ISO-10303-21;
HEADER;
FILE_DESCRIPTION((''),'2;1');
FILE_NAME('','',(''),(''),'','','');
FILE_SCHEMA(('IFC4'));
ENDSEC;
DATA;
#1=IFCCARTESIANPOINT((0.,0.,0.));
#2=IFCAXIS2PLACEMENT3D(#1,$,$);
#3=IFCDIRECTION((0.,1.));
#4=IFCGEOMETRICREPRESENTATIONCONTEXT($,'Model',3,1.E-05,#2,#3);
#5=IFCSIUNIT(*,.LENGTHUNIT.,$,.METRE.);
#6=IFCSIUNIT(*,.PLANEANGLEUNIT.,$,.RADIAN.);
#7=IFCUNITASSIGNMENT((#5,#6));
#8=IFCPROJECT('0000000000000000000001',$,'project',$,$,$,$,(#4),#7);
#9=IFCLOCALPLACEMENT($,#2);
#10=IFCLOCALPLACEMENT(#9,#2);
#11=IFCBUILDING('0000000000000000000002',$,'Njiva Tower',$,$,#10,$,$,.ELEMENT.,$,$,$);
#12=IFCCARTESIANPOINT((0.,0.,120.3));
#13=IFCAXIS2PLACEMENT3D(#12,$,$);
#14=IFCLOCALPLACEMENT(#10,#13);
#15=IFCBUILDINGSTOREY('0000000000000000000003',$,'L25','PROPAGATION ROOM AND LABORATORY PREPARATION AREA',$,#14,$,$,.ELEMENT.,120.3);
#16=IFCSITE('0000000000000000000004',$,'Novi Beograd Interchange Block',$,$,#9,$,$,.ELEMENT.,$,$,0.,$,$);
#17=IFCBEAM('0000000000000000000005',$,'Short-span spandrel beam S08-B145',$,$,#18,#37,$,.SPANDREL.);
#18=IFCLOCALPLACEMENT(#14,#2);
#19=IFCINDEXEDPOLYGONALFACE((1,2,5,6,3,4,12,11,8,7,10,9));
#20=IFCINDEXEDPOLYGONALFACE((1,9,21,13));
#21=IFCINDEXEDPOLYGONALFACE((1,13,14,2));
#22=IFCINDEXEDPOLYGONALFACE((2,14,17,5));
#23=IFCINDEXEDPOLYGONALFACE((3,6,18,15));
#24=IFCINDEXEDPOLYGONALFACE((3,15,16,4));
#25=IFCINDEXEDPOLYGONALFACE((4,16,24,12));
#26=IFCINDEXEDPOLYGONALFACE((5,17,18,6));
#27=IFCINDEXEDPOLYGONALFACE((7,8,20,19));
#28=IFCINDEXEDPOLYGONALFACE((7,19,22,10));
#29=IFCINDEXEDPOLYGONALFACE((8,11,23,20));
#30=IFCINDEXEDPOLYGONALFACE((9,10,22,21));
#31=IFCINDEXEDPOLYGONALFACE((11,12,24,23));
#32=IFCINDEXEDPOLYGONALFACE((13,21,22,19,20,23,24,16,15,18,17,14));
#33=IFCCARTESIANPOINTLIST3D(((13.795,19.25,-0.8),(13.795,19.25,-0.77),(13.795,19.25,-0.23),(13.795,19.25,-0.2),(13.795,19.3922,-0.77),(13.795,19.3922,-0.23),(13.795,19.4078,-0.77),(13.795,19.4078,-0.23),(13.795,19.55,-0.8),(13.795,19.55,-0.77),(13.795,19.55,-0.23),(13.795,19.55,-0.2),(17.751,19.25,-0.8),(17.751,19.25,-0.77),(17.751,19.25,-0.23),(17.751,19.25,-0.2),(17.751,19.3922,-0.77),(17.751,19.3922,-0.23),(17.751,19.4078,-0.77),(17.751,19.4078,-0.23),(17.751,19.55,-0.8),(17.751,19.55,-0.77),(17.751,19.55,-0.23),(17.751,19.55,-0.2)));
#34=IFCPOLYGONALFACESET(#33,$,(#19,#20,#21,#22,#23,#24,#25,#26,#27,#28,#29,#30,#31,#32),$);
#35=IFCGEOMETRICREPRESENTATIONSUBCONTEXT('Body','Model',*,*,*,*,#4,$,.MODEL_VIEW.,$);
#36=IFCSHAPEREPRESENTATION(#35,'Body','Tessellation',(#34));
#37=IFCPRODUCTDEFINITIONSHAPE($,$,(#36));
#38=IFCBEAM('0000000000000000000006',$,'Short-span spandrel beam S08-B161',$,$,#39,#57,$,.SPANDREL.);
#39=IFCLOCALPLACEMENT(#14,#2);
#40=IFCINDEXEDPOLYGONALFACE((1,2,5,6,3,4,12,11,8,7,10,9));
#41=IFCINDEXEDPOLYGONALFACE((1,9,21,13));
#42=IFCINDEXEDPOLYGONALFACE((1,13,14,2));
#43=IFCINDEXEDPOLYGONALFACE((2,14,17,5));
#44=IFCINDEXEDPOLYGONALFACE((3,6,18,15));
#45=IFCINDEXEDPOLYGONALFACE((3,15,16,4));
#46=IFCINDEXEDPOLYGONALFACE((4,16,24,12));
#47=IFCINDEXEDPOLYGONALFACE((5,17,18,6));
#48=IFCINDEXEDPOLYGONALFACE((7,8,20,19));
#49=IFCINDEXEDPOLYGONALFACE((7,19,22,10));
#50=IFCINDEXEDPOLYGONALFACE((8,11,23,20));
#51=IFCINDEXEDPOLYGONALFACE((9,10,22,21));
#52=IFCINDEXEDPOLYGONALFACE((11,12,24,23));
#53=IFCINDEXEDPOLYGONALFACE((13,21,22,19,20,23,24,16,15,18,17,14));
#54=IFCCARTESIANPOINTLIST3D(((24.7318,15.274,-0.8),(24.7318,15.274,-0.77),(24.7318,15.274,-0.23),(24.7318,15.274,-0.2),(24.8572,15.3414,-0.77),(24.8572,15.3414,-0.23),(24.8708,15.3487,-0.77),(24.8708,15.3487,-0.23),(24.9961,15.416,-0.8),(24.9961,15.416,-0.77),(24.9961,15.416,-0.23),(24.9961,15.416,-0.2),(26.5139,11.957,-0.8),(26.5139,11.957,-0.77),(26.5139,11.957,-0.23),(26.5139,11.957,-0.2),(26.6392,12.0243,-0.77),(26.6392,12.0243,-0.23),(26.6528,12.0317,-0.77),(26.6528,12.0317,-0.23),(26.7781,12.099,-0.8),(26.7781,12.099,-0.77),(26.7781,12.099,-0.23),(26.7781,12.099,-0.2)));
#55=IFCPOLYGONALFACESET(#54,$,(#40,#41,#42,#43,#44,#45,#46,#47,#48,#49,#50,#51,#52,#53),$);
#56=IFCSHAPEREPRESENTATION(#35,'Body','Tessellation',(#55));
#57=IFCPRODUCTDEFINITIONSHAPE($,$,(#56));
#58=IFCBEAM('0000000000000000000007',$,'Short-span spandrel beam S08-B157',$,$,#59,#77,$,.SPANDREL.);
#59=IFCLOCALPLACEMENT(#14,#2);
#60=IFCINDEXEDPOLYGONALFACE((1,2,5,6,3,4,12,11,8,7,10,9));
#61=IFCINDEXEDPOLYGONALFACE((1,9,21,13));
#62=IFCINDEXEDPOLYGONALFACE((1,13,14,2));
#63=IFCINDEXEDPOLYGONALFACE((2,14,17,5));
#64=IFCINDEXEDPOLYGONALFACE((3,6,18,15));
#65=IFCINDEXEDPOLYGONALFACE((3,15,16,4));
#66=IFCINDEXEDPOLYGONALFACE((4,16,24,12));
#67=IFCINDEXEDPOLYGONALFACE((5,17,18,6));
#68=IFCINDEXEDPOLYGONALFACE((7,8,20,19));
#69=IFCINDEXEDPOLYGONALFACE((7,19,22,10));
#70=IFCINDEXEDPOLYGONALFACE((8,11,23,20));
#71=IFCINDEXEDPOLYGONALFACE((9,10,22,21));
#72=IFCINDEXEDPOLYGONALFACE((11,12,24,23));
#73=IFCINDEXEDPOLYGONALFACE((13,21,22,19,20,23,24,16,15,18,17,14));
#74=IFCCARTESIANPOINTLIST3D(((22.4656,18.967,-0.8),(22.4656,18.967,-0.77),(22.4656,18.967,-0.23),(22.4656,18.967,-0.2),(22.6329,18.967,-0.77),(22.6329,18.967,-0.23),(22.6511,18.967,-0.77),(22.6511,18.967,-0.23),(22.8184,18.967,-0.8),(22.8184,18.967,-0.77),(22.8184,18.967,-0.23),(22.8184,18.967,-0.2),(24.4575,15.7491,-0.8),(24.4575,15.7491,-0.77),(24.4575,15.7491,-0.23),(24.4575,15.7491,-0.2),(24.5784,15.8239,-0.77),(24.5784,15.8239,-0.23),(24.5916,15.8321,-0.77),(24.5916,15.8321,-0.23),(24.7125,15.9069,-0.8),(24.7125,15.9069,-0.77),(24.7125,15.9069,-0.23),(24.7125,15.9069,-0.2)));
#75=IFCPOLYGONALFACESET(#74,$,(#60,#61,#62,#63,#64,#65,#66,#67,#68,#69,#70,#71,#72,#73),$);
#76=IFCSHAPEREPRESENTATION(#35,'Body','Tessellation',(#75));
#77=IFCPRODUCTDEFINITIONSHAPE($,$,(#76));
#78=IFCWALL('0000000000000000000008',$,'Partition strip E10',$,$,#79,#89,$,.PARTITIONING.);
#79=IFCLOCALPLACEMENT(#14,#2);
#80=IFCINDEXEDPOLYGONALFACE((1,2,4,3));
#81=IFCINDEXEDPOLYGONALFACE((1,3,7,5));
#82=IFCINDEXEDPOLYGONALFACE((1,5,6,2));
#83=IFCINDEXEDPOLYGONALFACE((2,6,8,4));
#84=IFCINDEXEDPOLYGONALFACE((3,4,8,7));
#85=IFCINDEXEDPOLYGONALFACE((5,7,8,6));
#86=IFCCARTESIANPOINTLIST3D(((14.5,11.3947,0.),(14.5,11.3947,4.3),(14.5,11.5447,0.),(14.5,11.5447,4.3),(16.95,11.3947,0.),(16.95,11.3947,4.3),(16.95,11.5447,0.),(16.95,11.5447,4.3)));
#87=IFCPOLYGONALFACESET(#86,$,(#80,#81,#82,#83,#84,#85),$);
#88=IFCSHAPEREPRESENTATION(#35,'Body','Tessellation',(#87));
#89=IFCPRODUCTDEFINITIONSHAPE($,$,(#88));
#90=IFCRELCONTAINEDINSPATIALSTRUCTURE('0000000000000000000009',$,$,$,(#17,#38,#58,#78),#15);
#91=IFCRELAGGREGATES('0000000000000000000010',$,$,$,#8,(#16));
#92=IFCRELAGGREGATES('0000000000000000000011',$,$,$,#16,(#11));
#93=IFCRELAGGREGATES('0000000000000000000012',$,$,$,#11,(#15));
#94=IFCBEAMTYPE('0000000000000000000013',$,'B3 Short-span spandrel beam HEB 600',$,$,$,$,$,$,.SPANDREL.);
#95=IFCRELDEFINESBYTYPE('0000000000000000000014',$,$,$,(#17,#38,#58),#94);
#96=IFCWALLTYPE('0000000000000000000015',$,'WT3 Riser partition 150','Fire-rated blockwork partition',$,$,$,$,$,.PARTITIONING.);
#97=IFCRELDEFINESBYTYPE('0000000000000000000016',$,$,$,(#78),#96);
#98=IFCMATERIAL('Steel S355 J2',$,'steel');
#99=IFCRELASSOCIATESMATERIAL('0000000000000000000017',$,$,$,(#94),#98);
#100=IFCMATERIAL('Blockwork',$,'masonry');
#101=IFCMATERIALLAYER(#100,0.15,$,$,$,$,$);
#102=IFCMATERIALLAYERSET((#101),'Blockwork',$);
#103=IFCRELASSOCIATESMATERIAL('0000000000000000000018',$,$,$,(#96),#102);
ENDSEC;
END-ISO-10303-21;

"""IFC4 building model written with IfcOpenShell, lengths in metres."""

from ifc_helpers import new_model, si_unit, direction, frame, frame_2d, origin, origin_2d, place, context, subcontext, project, spatial, rectangle, i_section, extrude, clip, halfspace, material, layer, layer_set, material_profile, profile_set, type_object, element, save


model = new_model("IFC4")

# Units and contexts
model_context = context("Model", 3, precision=1e-05, world=origin(), true_north=direction((0.0, 1.0)))
body_context = subcontext(model_context, "Body", "Model", "MODEL_VIEW")
ifc_project = project(units=[si_unit("LENGTHUNIT", "METRE"), si_unit("PLANEANGLEUNIT", "RADIAN")], contexts=[model_context])

# Site, building, storey
site_placement = place(None, origin())
site = spatial("IfcSite", under=ifc_project, at=site_placement, Name="Novi Beograd Interchange Block", CompositionType="ELEMENT", RefElevation=0.0)
building_placement = place(site_placement, origin())
building = spatial("IfcBuilding", under=site, at=building_placement, Name="Njiva Tower", CompositionType="ELEMENT")
storey_placement = place(building_placement, frame((0.0, 0.0, 120.3)))
storey = spatial("IfcBuildingStorey", under=building, at=storey_placement, Name="L25", Description="PROPAGATION ROOM AND LABORATORY PREPARATION AREA", CompositionType="ELEMENT", Elevation=120.3)

# Shared definitions
ifc_material_1 = material(Name="Steel S355 J2", Category="steel")

# Beams
ifc_material_profile_1 = material_profile(ifc_material_1, i_section(OverallWidth=0.3, OverallDepth=0.6, WebThickness=0.0155, FlangeThickness=0.03, at=origin_2d()), Name="HEB 600")
ifc_profile_set_1 = profile_set([ifc_material_profile_1], Name="Steel S355 J2")
beam_type_1 = type_object("IfcBeamType", Name="B3 Short-span spandrel beam HEB 600", PredefinedType="SPANDREL", material=ifc_profile_set_1)
beam_1_placement = place(storey_placement, frame((17.751, 19.4, -0.5), z_axis=(-1.0, 0.0, 0.0), x_axis=(0.0, -1.0, 0.0)))
element("IfcBeam", 1, at=beam_1_placement, inside=storey, type_object=beam_type_1, Name="Short-span spandrel beam S08-B145", PredefinedType="SPANDREL", context=body_context, shape_type="SweptSolid", body=[
    extrude(i_section(OverallWidth=0.3, OverallDepth=0.6, WebThickness=0.0155, FlangeThickness=0.03, at=origin_2d()), origin(), (0.0, 0.0, 1.0), 3.956),
])
beam_2_placement = place(storey_placement, frame((26.646, 12.028, -0.5), z_axis=(-0.47326, 0.880923, 0.0), x_axis=(-0.880923, -0.47326, 0.0)))
element("IfcBeam", 2, at=beam_2_placement, inside=storey, type_object=beam_type_1, Name="Short-span spandrel beam S08-B161", PredefinedType="SPANDREL", context=body_context, shape_type="SweptSolid", body=[
    extrude(i_section(OverallWidth=0.3, OverallDepth=0.6, WebThickness=0.0155, FlangeThickness=0.03, at=origin_2d()), origin(), (0.0, 0.0, 1.0), 3.7654),
])
beam_3_placement = place(storey_placement, frame((24.585, 15.828, -0.5), z_axis=(-0.526317, 0.850288, 0.0), x_axis=(-0.850288, -0.526317, 0.0)))
element("IfcBeam", 3, at=beam_3_placement, inside=storey, type_object=beam_type_1, Name="Short-span spandrel beam S08-B157", PredefinedType="SPANDREL", context=body_context, shape_type="Clipping", body=[
    clip(extrude(i_section(OverallWidth=0.3, OverallDepth=0.6, WebThickness=0.0155, FlangeThickness=0.03, at=origin_2d()), origin(), (0.0, 0.0, 1.0), 3.8047), halfspace(frame((-0.0263, 0.0, 3.6754), z_axis=(-0.526317, 0.0, 0.850288), x_axis=(0.0, 1.0, 0.0)), False)),
])

# Wall
ifc_material_2 = material(Name="Blockwork", Category="masonry")
ifc_layer_1 = layer(ifc_material_2, 0.15)
ifc_layer_set_1 = layer_set([ifc_layer_1], Name="Blockwork")
wall_type_1 = type_object("IfcWallType", Name="WT3 Riser partition 150", Description="Fire-rated blockwork partition", PredefinedType="PARTITIONING", material=ifc_layer_set_1)
wall_1_placement = place(storey_placement, frame((14.5, 11.4697, 0.0), z_axis=(0.0, 0.0, 1.0), x_axis=(1.0, 0.0, 0.0)))
element("IfcWall", 4, at=wall_1_placement, inside=storey, type_object=wall_type_1, Name="Partition strip E10", PredefinedType="PARTITIONING", context=body_context, shape_type="SweptSolid", body=[
    extrude(rectangle(XDim=2.45, YDim=0.15, at=frame_2d((1.225, 0.0))), origin(), (0.0, 0.0, 1.0), 4.3),
])

save(model, "model.ifc")
